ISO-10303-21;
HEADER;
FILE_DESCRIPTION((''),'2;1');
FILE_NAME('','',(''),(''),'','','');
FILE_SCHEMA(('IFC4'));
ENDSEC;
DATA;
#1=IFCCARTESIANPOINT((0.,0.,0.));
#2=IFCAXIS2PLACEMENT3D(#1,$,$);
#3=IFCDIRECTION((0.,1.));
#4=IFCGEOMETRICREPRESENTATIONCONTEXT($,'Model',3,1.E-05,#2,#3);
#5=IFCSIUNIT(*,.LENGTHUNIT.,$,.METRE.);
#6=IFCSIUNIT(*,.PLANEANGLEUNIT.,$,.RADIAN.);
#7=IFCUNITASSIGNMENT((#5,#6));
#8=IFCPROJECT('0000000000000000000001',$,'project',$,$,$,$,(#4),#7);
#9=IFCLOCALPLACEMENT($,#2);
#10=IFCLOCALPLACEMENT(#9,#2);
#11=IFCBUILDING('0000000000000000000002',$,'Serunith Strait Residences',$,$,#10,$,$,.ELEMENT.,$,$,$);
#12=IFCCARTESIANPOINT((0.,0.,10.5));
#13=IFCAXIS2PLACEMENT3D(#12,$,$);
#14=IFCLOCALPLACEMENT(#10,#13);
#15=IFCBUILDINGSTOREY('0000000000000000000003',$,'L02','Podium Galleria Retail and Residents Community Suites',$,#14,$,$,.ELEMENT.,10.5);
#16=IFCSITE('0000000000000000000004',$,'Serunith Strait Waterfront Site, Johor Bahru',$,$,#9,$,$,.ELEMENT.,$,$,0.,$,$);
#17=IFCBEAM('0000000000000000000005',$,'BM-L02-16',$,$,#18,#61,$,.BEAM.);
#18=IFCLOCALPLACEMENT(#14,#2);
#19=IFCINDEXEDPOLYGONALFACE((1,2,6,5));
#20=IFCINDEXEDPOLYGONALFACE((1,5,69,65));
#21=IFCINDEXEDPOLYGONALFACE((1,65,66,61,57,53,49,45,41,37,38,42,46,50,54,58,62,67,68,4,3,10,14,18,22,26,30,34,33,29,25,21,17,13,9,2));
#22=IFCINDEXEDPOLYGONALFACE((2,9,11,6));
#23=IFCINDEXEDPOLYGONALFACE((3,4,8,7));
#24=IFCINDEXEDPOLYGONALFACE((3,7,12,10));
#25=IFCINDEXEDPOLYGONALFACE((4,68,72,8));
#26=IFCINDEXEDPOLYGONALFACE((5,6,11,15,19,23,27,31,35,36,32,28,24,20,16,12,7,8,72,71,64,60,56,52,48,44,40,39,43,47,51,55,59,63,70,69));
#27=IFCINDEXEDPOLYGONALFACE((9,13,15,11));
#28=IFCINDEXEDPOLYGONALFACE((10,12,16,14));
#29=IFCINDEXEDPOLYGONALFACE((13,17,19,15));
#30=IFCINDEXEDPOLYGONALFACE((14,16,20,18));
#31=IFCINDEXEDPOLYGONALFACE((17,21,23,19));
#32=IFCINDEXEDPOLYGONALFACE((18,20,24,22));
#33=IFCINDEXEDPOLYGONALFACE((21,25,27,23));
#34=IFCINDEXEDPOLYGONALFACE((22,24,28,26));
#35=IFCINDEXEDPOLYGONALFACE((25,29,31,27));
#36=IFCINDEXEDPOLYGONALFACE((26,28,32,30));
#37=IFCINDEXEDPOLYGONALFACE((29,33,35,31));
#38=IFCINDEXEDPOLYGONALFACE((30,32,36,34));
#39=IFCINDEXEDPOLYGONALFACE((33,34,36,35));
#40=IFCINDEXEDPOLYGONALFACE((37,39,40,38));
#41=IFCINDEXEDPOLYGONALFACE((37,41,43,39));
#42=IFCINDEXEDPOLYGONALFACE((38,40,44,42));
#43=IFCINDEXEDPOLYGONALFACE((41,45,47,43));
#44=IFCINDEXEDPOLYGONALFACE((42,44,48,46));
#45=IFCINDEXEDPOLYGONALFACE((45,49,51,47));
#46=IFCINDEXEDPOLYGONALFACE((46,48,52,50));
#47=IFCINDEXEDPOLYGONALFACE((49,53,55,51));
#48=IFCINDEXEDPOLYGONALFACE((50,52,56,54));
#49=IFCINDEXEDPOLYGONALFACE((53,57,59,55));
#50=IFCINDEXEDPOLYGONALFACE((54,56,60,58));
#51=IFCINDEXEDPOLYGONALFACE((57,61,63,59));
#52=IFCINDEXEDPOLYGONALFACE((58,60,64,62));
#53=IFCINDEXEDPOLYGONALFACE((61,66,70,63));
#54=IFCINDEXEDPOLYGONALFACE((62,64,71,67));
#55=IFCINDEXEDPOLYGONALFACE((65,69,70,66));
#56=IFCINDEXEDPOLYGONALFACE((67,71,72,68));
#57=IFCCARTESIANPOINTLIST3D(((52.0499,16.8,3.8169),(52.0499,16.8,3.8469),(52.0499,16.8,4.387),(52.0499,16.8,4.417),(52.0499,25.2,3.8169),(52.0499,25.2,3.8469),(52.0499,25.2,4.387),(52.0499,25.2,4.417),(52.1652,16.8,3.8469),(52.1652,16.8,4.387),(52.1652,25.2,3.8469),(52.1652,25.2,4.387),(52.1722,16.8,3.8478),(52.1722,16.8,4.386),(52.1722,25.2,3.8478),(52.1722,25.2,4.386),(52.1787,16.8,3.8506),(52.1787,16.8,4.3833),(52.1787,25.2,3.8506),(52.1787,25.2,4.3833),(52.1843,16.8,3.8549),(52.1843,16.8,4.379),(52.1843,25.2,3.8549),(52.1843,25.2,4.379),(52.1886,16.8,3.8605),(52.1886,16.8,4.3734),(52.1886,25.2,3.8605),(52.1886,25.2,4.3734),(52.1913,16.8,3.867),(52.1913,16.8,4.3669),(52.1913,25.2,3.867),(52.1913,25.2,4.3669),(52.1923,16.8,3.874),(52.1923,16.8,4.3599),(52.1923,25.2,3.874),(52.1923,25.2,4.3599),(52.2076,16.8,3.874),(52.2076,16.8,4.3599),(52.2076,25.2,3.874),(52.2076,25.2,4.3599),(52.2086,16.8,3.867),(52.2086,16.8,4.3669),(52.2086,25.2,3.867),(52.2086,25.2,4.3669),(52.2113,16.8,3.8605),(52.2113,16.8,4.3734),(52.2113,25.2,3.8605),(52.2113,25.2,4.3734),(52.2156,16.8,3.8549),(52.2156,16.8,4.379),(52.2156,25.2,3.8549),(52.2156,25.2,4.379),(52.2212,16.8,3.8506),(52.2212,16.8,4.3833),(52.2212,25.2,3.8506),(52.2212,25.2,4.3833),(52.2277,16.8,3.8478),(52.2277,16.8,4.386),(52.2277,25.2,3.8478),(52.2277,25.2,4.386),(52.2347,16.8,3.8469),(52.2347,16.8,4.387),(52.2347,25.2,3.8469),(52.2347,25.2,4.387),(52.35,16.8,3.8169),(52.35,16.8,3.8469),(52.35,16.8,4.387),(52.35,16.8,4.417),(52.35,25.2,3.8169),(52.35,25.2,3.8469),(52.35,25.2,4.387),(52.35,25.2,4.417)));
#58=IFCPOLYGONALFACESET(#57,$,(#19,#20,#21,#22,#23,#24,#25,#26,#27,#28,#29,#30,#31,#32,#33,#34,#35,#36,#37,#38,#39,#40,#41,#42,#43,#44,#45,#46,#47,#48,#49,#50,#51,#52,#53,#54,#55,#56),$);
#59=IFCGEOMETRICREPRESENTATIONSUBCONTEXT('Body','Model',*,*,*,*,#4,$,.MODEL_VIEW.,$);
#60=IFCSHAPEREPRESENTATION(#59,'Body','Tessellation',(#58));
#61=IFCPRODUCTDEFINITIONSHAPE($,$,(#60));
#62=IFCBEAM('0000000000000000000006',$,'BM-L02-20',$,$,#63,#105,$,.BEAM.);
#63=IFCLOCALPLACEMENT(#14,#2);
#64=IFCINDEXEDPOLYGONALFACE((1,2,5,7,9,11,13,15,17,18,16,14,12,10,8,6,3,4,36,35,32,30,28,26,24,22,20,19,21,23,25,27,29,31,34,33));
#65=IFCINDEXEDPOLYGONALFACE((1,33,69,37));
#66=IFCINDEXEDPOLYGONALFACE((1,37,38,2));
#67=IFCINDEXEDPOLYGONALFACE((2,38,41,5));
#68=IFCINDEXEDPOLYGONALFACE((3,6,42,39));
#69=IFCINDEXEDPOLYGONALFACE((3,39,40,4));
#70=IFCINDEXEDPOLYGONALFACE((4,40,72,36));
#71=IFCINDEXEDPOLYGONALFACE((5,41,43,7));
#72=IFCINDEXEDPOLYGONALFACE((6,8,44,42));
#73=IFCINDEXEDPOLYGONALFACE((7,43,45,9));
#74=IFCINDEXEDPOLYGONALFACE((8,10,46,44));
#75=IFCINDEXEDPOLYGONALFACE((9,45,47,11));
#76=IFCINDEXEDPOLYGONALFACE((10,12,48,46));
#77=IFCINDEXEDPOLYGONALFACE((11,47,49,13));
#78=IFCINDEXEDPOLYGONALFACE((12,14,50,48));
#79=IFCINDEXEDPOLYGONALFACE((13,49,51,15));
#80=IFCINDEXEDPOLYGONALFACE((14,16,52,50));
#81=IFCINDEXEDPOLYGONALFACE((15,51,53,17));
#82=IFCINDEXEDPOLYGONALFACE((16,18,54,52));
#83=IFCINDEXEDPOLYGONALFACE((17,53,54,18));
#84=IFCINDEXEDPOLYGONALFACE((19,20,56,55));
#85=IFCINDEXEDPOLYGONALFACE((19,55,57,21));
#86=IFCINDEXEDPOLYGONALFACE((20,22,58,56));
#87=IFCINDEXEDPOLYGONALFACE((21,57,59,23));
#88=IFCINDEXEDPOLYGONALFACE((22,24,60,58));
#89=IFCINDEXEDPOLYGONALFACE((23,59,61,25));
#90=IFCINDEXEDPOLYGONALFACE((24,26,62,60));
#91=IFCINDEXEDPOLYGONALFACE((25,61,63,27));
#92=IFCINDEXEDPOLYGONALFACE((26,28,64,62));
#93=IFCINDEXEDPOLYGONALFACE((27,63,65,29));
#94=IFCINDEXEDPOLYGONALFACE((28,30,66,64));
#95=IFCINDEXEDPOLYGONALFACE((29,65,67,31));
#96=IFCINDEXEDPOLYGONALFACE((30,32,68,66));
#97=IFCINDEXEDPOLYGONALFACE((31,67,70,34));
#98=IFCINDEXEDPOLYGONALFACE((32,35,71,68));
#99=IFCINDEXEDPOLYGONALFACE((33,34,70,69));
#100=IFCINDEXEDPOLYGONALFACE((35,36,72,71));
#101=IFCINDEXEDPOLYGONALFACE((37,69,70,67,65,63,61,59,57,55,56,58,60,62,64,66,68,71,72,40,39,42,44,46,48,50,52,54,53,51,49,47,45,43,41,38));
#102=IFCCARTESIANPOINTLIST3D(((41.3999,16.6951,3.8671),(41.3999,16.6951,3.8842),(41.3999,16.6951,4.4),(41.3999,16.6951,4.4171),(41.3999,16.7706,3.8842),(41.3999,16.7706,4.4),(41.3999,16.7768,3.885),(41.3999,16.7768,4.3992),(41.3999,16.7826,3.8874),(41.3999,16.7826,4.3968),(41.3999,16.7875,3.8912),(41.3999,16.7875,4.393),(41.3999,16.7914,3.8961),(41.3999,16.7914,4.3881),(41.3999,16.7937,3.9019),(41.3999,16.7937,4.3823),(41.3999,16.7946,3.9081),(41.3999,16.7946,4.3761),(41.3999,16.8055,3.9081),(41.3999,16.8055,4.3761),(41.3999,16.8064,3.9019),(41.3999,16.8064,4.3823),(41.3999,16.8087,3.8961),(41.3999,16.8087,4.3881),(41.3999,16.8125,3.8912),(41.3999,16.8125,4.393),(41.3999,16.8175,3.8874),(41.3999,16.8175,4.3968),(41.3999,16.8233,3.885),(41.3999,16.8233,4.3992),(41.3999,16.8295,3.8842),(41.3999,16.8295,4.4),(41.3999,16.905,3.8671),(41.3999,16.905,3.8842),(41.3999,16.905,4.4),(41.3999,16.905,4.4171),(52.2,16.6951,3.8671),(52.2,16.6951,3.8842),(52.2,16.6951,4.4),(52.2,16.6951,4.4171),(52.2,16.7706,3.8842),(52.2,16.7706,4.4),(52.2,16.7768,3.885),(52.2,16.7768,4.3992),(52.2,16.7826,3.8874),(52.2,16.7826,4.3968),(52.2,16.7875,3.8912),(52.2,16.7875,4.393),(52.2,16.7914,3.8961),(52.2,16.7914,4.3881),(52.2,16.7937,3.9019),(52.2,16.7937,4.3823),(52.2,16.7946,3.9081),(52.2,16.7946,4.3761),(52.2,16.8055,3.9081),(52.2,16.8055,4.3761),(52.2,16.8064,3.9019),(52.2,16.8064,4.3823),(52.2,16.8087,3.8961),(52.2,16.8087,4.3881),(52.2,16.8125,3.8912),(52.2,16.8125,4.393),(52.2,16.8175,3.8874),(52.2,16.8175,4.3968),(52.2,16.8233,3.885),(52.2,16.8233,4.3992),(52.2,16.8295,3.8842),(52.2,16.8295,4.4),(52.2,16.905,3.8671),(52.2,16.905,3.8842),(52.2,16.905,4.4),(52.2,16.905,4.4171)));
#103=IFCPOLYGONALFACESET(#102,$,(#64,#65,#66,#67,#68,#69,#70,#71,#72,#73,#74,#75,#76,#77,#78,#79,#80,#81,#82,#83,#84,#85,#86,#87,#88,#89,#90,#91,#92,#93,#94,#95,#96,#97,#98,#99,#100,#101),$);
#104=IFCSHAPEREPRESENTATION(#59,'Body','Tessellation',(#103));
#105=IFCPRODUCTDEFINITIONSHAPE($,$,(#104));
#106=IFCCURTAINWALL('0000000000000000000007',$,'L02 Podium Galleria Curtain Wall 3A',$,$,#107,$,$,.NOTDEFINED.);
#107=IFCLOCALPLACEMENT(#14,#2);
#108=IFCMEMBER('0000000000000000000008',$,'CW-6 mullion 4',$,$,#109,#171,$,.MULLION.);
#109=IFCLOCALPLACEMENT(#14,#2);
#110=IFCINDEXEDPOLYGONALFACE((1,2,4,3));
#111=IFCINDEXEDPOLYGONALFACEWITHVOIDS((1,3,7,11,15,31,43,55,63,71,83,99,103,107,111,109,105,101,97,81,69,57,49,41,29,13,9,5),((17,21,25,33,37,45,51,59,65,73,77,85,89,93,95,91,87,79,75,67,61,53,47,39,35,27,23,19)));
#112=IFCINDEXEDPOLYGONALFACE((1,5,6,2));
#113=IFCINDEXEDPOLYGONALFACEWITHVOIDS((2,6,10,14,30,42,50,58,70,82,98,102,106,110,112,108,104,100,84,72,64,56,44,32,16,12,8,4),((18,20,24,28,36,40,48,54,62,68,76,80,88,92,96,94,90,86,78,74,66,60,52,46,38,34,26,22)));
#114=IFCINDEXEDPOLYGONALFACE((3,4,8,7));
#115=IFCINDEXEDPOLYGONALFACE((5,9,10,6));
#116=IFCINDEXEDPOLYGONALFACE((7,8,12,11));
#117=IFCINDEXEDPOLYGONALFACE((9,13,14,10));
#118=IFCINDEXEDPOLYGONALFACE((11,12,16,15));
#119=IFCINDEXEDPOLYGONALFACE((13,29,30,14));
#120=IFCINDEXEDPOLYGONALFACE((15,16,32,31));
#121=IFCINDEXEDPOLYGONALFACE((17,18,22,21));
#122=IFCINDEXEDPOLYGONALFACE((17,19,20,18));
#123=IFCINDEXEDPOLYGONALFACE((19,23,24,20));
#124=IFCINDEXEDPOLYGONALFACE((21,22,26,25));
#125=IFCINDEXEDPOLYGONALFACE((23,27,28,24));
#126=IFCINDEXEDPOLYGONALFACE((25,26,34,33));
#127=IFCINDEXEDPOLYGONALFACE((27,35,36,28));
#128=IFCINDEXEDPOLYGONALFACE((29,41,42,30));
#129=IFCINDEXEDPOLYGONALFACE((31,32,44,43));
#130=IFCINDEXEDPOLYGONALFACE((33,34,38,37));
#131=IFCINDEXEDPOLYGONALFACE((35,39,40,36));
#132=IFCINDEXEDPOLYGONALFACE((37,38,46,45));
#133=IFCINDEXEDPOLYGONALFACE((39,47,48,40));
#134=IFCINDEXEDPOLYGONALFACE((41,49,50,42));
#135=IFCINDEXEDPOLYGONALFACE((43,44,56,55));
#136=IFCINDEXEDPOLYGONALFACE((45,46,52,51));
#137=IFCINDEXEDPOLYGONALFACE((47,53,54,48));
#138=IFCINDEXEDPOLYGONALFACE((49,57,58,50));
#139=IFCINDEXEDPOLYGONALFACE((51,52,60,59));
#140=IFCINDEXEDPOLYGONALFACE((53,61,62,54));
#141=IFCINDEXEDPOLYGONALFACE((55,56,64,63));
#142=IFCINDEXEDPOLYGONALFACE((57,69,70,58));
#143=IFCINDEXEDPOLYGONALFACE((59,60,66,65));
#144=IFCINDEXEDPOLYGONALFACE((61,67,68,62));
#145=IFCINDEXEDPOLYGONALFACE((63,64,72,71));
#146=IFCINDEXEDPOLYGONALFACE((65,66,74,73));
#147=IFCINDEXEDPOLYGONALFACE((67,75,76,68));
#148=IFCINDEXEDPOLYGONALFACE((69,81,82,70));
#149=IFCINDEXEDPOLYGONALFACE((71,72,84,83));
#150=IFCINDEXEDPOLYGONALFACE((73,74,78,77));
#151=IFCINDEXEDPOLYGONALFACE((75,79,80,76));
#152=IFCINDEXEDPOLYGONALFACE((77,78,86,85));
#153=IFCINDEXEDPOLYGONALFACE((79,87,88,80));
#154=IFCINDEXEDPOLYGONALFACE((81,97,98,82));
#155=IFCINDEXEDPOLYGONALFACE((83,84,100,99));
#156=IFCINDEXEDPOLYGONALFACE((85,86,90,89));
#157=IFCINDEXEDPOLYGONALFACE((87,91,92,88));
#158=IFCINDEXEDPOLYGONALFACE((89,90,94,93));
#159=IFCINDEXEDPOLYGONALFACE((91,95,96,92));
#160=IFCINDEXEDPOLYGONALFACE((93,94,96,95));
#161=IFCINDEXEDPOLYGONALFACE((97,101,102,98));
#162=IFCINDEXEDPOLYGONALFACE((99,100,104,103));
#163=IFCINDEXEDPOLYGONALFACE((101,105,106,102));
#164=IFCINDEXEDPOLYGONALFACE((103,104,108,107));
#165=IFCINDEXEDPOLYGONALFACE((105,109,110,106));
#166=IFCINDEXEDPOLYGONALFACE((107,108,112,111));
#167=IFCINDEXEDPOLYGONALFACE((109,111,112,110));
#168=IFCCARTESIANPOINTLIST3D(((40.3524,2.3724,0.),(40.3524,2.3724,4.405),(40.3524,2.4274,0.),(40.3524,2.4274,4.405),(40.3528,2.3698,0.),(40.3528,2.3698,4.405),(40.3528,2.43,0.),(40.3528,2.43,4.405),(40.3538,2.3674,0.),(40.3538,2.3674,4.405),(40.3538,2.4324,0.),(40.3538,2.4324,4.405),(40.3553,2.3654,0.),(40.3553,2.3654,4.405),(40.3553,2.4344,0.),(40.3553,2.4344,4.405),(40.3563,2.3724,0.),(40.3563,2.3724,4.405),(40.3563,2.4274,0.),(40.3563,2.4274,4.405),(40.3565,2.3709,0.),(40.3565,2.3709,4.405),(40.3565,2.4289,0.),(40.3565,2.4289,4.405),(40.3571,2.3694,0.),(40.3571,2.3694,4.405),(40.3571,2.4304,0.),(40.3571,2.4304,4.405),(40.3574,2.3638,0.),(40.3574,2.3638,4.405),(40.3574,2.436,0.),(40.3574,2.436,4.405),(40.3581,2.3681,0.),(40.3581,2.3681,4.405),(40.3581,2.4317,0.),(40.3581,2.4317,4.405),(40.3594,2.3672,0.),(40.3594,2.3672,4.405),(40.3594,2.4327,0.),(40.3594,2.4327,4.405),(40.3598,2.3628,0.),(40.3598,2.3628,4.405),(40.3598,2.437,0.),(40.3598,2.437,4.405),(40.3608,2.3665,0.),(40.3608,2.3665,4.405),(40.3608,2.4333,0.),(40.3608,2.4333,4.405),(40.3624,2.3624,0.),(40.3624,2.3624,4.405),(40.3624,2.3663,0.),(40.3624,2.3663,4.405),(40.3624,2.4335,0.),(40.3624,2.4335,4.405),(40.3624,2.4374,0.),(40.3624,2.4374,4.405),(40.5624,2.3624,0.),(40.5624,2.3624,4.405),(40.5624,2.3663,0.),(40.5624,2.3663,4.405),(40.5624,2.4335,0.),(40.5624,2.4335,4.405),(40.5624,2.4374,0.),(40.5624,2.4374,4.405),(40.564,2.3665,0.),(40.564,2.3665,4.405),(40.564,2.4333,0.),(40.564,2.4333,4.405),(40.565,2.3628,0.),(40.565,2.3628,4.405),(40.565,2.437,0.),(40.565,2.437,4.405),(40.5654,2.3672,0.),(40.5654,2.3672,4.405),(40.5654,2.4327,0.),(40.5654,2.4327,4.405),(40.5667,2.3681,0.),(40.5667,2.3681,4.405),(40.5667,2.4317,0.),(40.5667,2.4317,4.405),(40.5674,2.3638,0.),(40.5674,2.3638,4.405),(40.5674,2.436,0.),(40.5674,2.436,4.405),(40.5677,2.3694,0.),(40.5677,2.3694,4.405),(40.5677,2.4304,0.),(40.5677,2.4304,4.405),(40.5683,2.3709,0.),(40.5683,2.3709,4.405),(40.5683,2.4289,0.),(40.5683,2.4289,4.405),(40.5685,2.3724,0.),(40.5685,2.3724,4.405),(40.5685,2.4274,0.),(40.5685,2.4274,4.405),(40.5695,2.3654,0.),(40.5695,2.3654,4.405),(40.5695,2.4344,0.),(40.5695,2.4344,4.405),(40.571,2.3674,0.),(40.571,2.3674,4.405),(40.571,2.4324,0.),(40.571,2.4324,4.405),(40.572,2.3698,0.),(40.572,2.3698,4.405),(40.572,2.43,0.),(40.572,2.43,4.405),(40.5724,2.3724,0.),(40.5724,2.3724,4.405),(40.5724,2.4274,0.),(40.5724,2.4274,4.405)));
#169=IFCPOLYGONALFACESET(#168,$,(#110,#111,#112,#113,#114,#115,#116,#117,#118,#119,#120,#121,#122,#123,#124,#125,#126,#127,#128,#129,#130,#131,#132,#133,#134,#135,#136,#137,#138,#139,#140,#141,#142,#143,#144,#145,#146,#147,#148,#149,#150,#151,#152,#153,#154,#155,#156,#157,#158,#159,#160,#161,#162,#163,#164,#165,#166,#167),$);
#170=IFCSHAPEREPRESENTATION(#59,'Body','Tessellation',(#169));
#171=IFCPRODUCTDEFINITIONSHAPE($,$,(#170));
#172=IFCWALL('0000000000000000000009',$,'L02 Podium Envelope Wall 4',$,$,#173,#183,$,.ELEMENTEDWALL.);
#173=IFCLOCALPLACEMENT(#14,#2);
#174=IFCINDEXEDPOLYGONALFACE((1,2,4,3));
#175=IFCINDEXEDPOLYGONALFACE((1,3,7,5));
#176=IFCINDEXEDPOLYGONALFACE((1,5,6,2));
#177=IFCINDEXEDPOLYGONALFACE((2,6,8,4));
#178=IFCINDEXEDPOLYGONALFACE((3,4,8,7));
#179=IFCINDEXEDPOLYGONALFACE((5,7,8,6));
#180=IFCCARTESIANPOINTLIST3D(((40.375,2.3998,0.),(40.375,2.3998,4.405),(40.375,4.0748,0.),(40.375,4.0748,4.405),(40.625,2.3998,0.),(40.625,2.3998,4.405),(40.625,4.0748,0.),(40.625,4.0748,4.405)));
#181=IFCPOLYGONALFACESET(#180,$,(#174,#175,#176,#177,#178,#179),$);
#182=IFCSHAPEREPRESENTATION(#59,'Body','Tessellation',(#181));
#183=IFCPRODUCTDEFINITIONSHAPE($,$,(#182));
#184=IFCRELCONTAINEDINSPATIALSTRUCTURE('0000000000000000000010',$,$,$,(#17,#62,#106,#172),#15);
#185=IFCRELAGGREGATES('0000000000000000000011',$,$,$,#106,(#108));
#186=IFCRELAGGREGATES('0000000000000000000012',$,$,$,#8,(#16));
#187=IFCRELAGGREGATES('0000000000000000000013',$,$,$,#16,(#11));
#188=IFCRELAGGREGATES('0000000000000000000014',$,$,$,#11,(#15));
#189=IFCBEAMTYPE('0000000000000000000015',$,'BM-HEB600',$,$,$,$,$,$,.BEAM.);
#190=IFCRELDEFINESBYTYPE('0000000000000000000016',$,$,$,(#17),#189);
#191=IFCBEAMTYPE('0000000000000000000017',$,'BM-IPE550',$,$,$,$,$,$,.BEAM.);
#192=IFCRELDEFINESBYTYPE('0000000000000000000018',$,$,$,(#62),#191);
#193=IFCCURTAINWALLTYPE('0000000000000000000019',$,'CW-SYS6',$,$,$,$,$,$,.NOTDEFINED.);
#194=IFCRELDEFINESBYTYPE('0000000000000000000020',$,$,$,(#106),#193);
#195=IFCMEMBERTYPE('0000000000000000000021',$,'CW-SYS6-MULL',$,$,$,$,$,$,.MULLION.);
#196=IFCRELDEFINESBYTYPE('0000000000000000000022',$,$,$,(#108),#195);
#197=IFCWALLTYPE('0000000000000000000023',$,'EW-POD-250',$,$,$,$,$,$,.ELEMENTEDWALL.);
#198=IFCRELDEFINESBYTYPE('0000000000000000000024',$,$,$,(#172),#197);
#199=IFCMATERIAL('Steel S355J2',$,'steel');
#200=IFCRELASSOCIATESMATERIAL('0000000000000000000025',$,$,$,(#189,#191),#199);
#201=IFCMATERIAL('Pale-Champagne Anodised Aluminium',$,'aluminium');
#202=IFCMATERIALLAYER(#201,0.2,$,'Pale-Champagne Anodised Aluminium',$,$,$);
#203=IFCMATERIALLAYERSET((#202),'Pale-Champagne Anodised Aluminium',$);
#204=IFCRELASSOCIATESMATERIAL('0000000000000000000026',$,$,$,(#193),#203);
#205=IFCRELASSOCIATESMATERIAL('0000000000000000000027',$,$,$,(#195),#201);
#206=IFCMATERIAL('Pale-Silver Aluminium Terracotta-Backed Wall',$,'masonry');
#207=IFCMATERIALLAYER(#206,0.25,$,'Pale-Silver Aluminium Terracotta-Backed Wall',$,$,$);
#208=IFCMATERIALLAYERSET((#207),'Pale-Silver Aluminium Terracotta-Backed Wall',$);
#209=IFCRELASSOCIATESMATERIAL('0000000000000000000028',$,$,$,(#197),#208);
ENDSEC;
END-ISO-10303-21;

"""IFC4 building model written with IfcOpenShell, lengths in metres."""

from ifc_helpers import new_model, si_unit, direction, frame, frame_2d, origin, origin_2d, place, context, subcontext, project, spatial, rectangle, hollow_rectangle, i_section, extrude, source, transform, mapped, material, layer, layer_set, material_profile, profile_set, type_object, element, aggregate, save


model = new_model("IFC4")

# Units and contexts
model_context = context("Model", 3, precision=1e-05, world=origin(), true_north=direction((0.0, 1.0)))
body_context = subcontext(model_context, "Body", "Model", "MODEL_VIEW")
ifc_project = project(units=[si_unit("LENGTHUNIT", "METRE"), si_unit("PLANEANGLEUNIT", "RADIAN")], contexts=[model_context])

# Site, building, storey
site_placement = place(None, origin())
site = spatial("IfcSite", under=ifc_project, at=site_placement, Name="Serunith Strait Waterfront Site, Johor Bahru", CompositionType="ELEMENT", RefElevation=0.0)
building_placement = place(site_placement, origin())
building = spatial("IfcBuilding", under=site, at=building_placement, Name="Serunith Strait Residences", CompositionType="ELEMENT")
storey_placement = place(building_placement, frame((0.0, 0.0, 10.5)))
storey = spatial("IfcBuildingStorey", under=building, at=storey_placement, Name="L02", Description="Podium Galleria Retail and Residents Community Suites", CompositionType="ELEMENT", Elevation=10.5)

# Beams
ifc_material_1 = material(Name="Steel S355J2", Category="steel")
ifc_material_profile_1 = material_profile(ifc_material_1, i_section(OverallWidth=0.3, OverallDepth=0.6001, WebThickness=0.0154, FlangeThickness=0.03, FilletRadius=0.0271, at=origin_2d()), Name="HEB 600")
ifc_profile_set_1 = profile_set([ifc_material_profile_1], Name="Steel S355J2")
beam_type_1 = type_object("IfcBeamType", Name="BM-HEB600", PredefinedType="BEAM", material=ifc_profile_set_1)
shared_shape_1 = source(origin(), body_context, "Body", "SweptSolid", [
    extrude(i_section(OverallWidth=0.3, OverallDepth=0.6001, WebThickness=0.0154, FlangeThickness=0.03, FilletRadius=0.0271, at=origin_2d()), origin(), (0.0, 0.0, 1.0), 8.3999),
])
beam_1_placement = place(storey_placement, frame((52.2, 16.8, 4.1169), z_axis=(0.0, 1.0, 0.0), x_axis=(-1.0, 0.0, 0.0)))
element("IfcBeam", 1, at=beam_1_placement, inside=storey, type_object=beam_type_1, Name="BM-L02-16", PredefinedType="BEAM", context=body_context, shape_type="MappedRepresentation", body=[
    mapped(shared_shape_1, transform((0.0, 0.0, 0.0), scale=1.0)),
])
ifc_material_profile_2 = material_profile(ifc_material_1, i_section(OverallWidth=0.21, OverallDepth=0.55, WebThickness=0.011, FlangeThickness=0.0171, FilletRadius=0.0239, at=origin_2d()), Name="IPE 550")
ifc_profile_set_2 = profile_set([ifc_material_profile_2], Name="Steel S355J2")
beam_type_2 = type_object("IfcBeamType", Name="BM-IPE550", PredefinedType="BEAM", material=ifc_profile_set_2)
shared_shape_2 = source(origin(), body_context, "Body", "SweptSolid", [
    extrude(i_section(OverallWidth=0.21, OverallDepth=0.55, WebThickness=0.011, FlangeThickness=0.0171, FilletRadius=0.0239, at=origin_2d()), origin(), (0.0, 0.0, 1.0), 10.8),
])
beam_2_placement = place(storey_placement, frame((41.3999, 16.8, 4.1421), z_axis=(1.0, 0.0, 0.0), x_axis=(0.0, 1.0, 0.0)))
element("IfcBeam", 2, at=beam_2_placement, inside=storey, type_object=beam_type_2, Name="BM-L02-20", PredefinedType="BEAM", context=body_context, shape_type="MappedRepresentation", body=[
    mapped(shared_shape_2, transform((0.0, 0.0, 0.0), scale=1.0)),
])

# Curtain wall, member
ifc_material_2 = material(Name="Pale-Champagne Anodised Aluminium", Category="aluminium")
ifc_layer_1 = layer(ifc_material_2, 0.2, Name="Pale-Champagne Anodised Aluminium")
ifc_layer_set_1 = layer_set([ifc_layer_1], Name="Pale-Champagne Anodised Aluminium")
curtain_wall_type = type_object("IfcCurtainWallType", Name="CW-SYS6", PredefinedType="NOTDEFINED", material=ifc_layer_set_1)
curtain_wall_placement = place(storey_placement, origin())
curtain_wall = element("IfcCurtainWall", 3, at=curtain_wall_placement, inside=storey, type_object=curtain_wall_type, Name="L02 Podium Galleria Curtain Wall 3A", PredefinedType="NOTDEFINED")
ifc_material_profile_3 = material_profile(ifc_material_2, hollow_rectangle(XDim=0.075, YDim=0.22, WallThickness=0.0039, InnerFilletRadius=0.0061, OuterFilletRadius=0.01, at=origin_2d()), Name="ALU 220x75x4")
ifc_profile_set_3 = profile_set([ifc_material_profile_3], Name="Pale-Champagne Anodised Aluminium")
member_type = type_object("IfcMemberType", Name="CW-SYS6-MULL", PredefinedType="MULLION", material=ifc_profile_set_3)
shared_shape_3 = source(origin(), body_context, "Body", "SweptSolid", [
    extrude(hollow_rectangle(XDim=0.075, YDim=0.22, WallThickness=0.0039, InnerFilletRadius=0.0061, OuterFilletRadius=0.01, at=origin_2d()), origin(), (0.0, 0.0, 1.0), 4.405),
])
member_placement = place(storey_placement, frame((40.4624, 2.3999, 0.0), z_axis=(0.0, 0.0, 1.0), x_axis=(0.0, 1.0, 0.0)))
member = element("IfcMember", 4, at=member_placement, type_object=member_type, Name="CW-6 mullion 4", PredefinedType="MULLION", context=body_context, shape_type="MappedRepresentation", body=[
    mapped(shared_shape_3, transform((0.0, 0.0, 0.0), scale=1.0)),
])
aggregate(curtain_wall, [member])

# Wall
ifc_material_3 = material(Name="Pale-Silver Aluminium Terracotta-Backed Wall", Category="masonry")
ifc_layer_2 = layer(ifc_material_3, 0.25, Name="Pale-Silver Aluminium Terracotta-Backed Wall")
ifc_layer_set_2 = layer_set([ifc_layer_2], Name="Pale-Silver Aluminium Terracotta-Backed Wall")
wall_type_1 = type_object("IfcWallType", Name="EW-POD-250", PredefinedType="ELEMENTEDWALL", material=ifc_layer_set_2)
wall_1_placement = place(storey_placement, frame((40.5, 2.3999, 0.0), z_axis=(0.0, 0.0, 1.0), x_axis=(0.0, 1.0, 0.0)))
element("IfcWall", 5, at=wall_1_placement, inside=storey, type_object=wall_type_1, Name="L02 Podium Envelope Wall 4", PredefinedType="ELEMENTEDWALL", context=body_context, shape_type="SweptSolid", body=[
    extrude(rectangle(XDim=1.675, YDim=0.25, at=frame_2d((0.8374, 0.0))), origin(), (0.0, 0.0, 1.0), 4.405),
])

save(model, "model.ifc")
